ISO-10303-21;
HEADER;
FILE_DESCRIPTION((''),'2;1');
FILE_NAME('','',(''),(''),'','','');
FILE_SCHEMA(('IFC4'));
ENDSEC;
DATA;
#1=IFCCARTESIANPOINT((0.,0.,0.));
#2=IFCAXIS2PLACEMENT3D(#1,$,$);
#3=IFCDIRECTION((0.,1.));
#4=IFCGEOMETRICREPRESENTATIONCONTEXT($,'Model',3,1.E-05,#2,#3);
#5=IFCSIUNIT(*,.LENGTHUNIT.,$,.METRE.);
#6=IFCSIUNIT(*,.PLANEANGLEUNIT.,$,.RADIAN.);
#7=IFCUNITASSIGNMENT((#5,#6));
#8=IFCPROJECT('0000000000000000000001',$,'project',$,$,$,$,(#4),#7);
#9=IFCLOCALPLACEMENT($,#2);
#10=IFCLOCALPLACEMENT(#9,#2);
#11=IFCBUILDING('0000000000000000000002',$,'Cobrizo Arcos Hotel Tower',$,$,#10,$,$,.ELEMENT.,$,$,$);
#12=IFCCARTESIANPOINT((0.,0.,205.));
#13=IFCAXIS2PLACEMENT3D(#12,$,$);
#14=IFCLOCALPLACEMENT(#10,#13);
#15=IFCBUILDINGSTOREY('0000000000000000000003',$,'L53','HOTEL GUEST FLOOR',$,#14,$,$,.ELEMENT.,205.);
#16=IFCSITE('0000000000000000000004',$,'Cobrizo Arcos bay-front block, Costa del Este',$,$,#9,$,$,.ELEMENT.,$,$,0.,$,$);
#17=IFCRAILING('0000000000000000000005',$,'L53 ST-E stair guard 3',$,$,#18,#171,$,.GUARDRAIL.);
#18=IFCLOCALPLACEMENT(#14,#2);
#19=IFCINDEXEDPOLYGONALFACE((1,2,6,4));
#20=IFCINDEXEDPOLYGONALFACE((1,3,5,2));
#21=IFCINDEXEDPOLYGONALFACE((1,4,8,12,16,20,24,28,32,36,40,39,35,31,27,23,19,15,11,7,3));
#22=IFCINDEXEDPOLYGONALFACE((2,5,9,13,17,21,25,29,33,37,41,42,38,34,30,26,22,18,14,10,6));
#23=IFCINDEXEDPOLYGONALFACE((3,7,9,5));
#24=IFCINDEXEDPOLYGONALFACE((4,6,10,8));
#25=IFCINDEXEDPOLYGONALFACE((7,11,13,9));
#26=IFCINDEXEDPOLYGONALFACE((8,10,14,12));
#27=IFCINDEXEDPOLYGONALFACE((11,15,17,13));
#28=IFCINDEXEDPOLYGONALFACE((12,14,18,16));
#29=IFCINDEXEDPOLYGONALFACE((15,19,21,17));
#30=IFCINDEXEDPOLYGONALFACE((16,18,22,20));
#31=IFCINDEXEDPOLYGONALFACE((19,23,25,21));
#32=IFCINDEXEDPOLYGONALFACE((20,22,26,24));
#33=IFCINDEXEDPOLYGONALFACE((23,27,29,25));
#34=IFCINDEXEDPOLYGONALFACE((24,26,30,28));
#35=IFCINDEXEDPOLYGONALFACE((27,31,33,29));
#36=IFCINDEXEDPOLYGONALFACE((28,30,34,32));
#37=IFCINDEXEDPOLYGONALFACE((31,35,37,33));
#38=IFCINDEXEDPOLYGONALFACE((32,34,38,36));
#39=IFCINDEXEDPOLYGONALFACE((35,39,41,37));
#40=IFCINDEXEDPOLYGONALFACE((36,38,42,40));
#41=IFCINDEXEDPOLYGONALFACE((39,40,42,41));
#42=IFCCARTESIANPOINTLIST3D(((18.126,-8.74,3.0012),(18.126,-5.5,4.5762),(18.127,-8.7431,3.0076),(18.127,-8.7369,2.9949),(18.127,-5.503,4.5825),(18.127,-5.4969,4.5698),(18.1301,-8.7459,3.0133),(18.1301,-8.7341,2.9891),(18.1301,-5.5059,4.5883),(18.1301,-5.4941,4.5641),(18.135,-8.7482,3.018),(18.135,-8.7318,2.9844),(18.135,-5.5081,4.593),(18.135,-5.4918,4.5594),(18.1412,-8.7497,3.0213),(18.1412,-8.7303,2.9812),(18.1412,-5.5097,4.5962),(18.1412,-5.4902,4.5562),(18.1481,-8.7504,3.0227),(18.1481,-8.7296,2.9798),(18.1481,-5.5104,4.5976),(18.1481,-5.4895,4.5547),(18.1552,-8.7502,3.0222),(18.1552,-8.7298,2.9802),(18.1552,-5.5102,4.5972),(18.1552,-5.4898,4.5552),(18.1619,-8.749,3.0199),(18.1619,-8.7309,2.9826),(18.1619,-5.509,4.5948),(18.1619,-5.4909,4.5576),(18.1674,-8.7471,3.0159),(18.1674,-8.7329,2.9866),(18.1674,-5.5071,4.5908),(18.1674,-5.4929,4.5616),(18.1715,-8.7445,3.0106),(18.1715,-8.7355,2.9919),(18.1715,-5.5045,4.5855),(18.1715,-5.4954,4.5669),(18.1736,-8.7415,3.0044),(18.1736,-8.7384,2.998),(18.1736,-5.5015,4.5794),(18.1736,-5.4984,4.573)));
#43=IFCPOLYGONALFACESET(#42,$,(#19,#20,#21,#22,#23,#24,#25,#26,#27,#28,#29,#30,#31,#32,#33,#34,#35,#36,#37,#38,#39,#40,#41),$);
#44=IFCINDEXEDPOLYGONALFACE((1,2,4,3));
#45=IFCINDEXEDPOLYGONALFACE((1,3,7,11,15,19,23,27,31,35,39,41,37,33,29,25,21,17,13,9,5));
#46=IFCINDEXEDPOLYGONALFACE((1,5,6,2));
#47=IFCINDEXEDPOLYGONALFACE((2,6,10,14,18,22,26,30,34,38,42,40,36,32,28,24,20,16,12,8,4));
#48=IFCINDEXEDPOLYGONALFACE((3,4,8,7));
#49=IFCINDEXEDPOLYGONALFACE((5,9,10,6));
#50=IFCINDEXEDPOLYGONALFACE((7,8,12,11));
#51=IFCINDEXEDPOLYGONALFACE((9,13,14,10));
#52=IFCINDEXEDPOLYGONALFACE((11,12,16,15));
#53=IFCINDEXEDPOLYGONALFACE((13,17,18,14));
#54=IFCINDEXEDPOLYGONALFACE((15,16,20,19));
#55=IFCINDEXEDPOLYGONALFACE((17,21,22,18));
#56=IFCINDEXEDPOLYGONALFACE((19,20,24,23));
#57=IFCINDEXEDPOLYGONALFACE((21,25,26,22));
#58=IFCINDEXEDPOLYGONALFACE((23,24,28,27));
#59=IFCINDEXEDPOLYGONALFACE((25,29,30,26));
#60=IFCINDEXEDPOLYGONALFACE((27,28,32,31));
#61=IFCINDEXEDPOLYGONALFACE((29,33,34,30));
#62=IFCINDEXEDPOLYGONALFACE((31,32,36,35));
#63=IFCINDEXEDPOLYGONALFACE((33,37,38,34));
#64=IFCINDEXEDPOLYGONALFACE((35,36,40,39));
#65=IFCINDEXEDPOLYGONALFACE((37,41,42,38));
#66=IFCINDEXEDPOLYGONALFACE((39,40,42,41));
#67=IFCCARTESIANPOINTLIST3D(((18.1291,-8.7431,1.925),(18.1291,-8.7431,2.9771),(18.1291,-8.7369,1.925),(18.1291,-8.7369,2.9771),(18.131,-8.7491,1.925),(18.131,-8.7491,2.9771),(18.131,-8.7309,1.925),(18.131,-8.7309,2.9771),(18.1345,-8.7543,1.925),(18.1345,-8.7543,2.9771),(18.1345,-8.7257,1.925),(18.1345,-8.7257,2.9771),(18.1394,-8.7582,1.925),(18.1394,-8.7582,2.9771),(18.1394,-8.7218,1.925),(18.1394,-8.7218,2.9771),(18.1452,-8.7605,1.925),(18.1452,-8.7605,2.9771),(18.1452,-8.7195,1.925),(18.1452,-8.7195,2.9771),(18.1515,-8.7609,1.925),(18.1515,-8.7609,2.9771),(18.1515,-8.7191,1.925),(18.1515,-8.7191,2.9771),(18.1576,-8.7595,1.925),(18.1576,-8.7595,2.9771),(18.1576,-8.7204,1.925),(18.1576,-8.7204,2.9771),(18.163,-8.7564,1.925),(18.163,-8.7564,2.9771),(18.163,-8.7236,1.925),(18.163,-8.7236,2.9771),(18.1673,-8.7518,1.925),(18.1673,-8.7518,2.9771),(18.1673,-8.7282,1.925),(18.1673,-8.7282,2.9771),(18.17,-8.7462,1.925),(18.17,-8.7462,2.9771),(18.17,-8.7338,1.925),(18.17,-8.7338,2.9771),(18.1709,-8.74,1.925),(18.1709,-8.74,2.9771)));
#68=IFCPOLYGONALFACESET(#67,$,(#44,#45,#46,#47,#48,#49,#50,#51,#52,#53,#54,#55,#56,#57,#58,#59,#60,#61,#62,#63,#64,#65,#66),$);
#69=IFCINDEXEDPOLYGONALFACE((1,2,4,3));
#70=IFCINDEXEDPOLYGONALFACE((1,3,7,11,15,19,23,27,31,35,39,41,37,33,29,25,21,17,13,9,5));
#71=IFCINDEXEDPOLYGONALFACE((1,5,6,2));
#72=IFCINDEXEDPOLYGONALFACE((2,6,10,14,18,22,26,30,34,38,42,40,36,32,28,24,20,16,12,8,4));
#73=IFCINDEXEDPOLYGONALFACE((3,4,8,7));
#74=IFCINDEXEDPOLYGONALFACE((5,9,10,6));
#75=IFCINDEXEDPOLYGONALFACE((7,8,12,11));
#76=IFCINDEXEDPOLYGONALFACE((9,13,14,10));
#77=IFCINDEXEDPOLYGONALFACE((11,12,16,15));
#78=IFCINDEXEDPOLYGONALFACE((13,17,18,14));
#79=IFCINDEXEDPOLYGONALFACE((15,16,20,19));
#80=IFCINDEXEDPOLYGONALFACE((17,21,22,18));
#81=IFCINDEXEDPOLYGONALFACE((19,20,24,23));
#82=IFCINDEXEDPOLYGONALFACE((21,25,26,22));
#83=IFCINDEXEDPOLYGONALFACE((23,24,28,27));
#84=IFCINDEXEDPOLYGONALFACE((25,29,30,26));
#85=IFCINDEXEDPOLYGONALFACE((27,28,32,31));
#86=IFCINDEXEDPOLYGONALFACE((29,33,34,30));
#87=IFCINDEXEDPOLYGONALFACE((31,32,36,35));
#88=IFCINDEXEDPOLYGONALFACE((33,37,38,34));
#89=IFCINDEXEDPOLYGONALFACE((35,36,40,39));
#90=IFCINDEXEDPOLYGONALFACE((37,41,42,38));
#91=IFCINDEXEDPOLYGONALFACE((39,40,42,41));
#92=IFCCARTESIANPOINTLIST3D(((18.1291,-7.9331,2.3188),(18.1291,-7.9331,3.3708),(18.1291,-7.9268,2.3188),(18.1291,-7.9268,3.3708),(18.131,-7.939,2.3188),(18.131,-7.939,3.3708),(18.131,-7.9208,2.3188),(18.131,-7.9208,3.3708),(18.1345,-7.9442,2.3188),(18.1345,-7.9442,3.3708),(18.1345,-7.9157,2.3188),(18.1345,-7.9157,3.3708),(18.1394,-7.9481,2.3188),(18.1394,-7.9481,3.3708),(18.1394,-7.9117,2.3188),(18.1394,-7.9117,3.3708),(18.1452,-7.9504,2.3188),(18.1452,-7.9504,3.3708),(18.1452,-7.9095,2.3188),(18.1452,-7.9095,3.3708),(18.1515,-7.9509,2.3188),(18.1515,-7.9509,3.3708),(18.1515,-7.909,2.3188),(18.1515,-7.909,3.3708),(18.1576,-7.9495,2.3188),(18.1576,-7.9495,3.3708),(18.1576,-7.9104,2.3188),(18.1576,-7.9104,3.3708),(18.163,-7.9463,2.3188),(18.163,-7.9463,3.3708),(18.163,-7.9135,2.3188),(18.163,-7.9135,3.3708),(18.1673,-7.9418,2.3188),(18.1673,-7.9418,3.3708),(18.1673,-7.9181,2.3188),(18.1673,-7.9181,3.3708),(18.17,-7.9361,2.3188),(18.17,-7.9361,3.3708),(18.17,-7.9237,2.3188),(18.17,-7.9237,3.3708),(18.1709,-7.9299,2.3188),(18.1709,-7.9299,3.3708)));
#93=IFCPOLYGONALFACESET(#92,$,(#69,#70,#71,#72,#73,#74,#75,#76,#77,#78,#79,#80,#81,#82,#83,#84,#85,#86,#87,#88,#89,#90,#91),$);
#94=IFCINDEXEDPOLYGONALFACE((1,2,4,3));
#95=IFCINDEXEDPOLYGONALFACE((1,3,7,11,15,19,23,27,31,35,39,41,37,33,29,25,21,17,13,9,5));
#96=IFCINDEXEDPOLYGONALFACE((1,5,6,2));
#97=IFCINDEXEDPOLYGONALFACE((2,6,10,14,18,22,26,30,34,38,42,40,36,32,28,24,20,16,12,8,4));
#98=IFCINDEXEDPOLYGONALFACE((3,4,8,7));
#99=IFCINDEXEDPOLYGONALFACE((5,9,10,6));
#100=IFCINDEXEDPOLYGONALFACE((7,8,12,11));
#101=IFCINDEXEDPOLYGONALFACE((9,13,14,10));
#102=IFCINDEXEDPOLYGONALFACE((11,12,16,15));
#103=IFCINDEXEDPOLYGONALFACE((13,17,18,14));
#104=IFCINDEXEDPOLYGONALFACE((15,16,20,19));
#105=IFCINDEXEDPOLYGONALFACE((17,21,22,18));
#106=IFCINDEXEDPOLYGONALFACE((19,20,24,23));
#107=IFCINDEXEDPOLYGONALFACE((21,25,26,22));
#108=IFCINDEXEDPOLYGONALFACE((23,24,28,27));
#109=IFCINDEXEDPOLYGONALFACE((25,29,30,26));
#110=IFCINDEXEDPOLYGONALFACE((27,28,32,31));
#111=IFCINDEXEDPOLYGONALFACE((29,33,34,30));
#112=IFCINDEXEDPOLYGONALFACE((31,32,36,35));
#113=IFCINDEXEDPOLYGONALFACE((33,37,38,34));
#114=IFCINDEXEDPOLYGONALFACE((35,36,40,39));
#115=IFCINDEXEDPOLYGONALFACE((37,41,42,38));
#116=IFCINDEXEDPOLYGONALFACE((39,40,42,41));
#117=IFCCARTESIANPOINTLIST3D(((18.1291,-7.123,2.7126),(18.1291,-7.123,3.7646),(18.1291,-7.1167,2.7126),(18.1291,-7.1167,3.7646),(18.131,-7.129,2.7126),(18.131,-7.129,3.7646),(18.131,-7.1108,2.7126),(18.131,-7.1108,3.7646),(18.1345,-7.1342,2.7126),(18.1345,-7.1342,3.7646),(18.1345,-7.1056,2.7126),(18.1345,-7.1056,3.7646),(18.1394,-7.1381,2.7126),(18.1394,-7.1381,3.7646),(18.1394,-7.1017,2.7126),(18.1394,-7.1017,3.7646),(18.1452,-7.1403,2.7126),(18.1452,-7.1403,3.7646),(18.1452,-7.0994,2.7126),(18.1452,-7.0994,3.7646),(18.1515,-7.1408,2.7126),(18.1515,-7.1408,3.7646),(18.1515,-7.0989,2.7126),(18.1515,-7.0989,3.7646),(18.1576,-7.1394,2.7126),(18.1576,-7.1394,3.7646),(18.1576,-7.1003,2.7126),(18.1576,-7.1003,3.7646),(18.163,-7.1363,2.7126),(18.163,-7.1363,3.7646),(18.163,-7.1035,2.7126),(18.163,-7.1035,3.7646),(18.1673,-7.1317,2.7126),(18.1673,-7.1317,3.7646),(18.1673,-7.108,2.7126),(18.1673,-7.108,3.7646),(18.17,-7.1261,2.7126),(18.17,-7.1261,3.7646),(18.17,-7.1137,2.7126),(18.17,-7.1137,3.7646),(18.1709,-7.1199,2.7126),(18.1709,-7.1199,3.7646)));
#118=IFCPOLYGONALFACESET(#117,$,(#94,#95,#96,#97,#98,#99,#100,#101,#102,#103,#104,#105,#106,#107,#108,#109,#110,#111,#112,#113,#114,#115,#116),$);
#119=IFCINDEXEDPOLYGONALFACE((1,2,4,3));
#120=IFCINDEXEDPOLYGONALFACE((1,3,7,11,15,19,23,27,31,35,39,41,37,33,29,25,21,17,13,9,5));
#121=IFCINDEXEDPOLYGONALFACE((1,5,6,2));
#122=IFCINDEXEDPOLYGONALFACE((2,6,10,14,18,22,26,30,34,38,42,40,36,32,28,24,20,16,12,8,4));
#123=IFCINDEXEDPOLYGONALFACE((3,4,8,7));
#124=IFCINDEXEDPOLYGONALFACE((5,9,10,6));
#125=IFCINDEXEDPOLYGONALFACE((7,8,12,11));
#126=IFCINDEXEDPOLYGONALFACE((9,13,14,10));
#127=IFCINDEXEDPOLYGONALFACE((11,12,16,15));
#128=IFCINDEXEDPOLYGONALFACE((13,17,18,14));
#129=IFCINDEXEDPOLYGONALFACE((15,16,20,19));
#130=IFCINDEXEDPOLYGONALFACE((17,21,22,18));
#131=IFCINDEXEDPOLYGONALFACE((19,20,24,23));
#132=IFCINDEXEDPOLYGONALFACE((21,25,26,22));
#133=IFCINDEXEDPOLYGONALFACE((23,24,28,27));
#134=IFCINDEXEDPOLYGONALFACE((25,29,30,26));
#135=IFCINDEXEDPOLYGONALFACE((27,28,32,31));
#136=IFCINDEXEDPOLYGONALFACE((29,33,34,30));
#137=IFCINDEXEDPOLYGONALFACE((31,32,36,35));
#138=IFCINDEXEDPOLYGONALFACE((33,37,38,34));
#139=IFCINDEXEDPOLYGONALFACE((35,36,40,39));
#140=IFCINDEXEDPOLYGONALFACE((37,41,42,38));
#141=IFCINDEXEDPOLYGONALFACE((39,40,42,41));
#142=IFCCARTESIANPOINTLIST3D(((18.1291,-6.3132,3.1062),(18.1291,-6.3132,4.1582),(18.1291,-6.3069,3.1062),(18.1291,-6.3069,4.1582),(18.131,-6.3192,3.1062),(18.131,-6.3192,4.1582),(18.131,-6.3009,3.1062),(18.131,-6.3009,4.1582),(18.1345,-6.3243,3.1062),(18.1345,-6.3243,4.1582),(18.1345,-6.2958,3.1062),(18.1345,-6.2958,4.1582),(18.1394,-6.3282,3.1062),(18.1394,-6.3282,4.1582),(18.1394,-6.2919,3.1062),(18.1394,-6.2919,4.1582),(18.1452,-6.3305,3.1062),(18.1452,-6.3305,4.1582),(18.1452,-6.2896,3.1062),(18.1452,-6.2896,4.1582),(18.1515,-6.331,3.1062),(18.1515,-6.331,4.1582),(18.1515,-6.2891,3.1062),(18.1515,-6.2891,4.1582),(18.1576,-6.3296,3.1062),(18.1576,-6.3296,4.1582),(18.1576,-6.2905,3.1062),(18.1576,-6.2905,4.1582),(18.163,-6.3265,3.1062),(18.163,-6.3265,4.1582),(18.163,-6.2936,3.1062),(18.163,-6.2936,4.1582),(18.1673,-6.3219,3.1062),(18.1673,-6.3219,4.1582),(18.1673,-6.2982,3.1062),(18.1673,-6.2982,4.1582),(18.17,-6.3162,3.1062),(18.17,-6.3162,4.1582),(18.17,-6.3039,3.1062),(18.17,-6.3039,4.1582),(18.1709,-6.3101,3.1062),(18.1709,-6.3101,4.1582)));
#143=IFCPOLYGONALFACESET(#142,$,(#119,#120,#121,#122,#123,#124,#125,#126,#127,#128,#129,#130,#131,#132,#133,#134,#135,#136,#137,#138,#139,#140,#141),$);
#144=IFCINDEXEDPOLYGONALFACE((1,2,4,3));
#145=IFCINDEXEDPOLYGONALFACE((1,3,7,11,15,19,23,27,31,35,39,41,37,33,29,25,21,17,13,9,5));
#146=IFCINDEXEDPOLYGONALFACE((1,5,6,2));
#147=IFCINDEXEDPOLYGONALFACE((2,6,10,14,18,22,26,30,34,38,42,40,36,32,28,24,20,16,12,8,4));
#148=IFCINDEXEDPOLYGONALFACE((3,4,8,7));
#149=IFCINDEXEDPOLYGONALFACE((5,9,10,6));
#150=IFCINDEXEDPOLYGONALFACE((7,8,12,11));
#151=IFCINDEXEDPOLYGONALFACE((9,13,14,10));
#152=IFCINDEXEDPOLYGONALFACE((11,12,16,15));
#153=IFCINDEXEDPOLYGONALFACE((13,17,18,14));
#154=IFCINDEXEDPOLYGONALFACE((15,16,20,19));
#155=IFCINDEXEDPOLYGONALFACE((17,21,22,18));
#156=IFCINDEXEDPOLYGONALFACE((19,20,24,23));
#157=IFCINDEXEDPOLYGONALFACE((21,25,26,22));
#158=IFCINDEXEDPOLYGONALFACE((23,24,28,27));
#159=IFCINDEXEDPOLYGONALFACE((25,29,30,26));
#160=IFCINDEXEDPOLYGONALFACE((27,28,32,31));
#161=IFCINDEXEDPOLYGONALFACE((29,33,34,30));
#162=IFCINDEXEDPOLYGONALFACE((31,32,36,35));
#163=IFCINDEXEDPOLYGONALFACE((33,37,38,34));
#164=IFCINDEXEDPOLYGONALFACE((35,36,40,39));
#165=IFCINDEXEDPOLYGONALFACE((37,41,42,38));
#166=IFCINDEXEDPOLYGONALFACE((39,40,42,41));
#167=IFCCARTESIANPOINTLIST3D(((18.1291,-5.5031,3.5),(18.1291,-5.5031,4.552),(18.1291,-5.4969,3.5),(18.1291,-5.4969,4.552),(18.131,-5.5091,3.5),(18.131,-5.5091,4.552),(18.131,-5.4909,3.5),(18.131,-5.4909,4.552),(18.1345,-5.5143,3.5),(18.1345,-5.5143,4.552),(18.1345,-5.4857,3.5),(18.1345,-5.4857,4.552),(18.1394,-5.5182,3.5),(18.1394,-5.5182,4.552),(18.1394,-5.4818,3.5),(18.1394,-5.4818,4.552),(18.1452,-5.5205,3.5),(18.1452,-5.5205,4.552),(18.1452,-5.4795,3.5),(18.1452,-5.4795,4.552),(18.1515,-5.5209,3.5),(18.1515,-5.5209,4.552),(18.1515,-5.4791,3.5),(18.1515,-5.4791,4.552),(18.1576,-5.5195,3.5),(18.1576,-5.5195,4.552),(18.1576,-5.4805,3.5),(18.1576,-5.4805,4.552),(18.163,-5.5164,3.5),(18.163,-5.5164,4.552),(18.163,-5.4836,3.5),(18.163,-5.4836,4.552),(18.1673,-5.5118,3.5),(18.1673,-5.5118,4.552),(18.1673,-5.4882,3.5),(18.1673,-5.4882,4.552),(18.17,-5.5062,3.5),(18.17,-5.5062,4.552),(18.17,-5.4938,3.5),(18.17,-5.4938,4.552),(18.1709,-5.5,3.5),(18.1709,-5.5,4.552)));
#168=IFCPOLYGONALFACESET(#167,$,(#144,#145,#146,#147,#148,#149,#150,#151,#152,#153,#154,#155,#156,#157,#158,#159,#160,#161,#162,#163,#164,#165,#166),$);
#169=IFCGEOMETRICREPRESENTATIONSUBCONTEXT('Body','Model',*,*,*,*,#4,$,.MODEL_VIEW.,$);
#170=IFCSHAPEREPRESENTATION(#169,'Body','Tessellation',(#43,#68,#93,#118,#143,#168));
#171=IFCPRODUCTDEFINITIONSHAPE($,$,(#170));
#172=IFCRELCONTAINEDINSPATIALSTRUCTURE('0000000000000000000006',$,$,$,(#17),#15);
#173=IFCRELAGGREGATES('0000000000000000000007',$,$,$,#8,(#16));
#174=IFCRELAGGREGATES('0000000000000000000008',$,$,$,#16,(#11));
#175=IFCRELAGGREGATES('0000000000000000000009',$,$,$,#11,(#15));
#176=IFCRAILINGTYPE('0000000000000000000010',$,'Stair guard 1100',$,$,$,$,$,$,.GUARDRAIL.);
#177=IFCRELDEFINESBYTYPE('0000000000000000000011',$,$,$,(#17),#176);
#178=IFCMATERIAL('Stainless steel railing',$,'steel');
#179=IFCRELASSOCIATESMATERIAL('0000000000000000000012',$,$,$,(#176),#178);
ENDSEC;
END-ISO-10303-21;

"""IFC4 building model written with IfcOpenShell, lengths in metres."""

from ifc_helpers import new_model, si_unit, direction, frame, origin, origin_2d, place, context, subcontext, project, spatial, circle, extrude, material, type_object, element, save


model = new_model("IFC4")

# Units and contexts
model_context = context("Model", 3, precision=1e-05, world=origin(), true_north=direction((0.0, 1.0)))
body_context = subcontext(model_context, "Body", "Model", "MODEL_VIEW")
ifc_project = project(units=[si_unit("LENGTHUNIT", "METRE"), si_unit("PLANEANGLEUNIT", "RADIAN")], contexts=[model_context])

# Site, building, storey
site_placement = place(None, origin())
site = spatial("IfcSite", under=ifc_project, at=site_placement, Name="Cobrizo Arcos bay-front block, Costa del Este", CompositionType="ELEMENT", RefElevation=0.0)
building_placement = place(site_placement, origin())
building = spatial("IfcBuilding", under=site, at=building_placement, Name="Cobrizo Arcos Hotel Tower", CompositionType="ELEMENT")
storey_placement = place(building_placement, frame((0.0, 0.0, 205.0)))
storey = spatial("IfcBuildingStorey", under=building, at=storey_placement, Name="L53", Description="HOTEL GUEST FLOOR", CompositionType="ELEMENT", Elevation=205.0)

# Railing
ifc_material_1 = material(Name="Stainless steel railing", Category="steel")
railing_type = type_object("IfcRailingType", Name="Stair guard 1100", PredefinedType="GUARDRAIL", material=ifc_material_1)
railing_1_placement = place(storey_placement, frame((18.1499, -8.74, 1.925)))
element("IfcRailing", 1, at=railing_1_placement, inside=storey, type_object=railing_type, Name="L53 ST-E stair guard 3", PredefinedType="GUARDRAIL", context=body_context, shape_type="SweptSolid", body=[
    extrude(circle(Radius=0.0239, at=origin_2d()), frame((0.0, 0.0, 1.0762), z_axis=(0.0, 0.899373, 0.437183), x_axis=(-1.0, 0.0, 0.0)), (0.0, 0.0, 1.0), 3.6025),
    extrude(circle(Radius=0.021, at=origin_2d()), origin(), (0.0, 0.0, 1.0), 1.052),
    extrude(circle(Radius=0.021, at=origin_2d()), frame((0.0, 0.8101, 0.3938)), (0.0, 0.0, 1.0), 1.052),
    extrude(circle(Radius=0.021, at=origin_2d()), frame((0.0, 1.6201, 0.7876)), (0.0, 0.0, 1.0), 1.052),
    extrude(circle(Radius=0.021, at=origin_2d()), frame((0.0, 2.4299, 1.1812)), (0.0, 0.0, 1.0), 1.052),
    extrude(circle(Radius=0.021, at=origin_2d()), frame((0.0, 3.24, 1.575)), (0.0, 0.0, 1.0), 1.052),
])

save(model, "model.ifc")
